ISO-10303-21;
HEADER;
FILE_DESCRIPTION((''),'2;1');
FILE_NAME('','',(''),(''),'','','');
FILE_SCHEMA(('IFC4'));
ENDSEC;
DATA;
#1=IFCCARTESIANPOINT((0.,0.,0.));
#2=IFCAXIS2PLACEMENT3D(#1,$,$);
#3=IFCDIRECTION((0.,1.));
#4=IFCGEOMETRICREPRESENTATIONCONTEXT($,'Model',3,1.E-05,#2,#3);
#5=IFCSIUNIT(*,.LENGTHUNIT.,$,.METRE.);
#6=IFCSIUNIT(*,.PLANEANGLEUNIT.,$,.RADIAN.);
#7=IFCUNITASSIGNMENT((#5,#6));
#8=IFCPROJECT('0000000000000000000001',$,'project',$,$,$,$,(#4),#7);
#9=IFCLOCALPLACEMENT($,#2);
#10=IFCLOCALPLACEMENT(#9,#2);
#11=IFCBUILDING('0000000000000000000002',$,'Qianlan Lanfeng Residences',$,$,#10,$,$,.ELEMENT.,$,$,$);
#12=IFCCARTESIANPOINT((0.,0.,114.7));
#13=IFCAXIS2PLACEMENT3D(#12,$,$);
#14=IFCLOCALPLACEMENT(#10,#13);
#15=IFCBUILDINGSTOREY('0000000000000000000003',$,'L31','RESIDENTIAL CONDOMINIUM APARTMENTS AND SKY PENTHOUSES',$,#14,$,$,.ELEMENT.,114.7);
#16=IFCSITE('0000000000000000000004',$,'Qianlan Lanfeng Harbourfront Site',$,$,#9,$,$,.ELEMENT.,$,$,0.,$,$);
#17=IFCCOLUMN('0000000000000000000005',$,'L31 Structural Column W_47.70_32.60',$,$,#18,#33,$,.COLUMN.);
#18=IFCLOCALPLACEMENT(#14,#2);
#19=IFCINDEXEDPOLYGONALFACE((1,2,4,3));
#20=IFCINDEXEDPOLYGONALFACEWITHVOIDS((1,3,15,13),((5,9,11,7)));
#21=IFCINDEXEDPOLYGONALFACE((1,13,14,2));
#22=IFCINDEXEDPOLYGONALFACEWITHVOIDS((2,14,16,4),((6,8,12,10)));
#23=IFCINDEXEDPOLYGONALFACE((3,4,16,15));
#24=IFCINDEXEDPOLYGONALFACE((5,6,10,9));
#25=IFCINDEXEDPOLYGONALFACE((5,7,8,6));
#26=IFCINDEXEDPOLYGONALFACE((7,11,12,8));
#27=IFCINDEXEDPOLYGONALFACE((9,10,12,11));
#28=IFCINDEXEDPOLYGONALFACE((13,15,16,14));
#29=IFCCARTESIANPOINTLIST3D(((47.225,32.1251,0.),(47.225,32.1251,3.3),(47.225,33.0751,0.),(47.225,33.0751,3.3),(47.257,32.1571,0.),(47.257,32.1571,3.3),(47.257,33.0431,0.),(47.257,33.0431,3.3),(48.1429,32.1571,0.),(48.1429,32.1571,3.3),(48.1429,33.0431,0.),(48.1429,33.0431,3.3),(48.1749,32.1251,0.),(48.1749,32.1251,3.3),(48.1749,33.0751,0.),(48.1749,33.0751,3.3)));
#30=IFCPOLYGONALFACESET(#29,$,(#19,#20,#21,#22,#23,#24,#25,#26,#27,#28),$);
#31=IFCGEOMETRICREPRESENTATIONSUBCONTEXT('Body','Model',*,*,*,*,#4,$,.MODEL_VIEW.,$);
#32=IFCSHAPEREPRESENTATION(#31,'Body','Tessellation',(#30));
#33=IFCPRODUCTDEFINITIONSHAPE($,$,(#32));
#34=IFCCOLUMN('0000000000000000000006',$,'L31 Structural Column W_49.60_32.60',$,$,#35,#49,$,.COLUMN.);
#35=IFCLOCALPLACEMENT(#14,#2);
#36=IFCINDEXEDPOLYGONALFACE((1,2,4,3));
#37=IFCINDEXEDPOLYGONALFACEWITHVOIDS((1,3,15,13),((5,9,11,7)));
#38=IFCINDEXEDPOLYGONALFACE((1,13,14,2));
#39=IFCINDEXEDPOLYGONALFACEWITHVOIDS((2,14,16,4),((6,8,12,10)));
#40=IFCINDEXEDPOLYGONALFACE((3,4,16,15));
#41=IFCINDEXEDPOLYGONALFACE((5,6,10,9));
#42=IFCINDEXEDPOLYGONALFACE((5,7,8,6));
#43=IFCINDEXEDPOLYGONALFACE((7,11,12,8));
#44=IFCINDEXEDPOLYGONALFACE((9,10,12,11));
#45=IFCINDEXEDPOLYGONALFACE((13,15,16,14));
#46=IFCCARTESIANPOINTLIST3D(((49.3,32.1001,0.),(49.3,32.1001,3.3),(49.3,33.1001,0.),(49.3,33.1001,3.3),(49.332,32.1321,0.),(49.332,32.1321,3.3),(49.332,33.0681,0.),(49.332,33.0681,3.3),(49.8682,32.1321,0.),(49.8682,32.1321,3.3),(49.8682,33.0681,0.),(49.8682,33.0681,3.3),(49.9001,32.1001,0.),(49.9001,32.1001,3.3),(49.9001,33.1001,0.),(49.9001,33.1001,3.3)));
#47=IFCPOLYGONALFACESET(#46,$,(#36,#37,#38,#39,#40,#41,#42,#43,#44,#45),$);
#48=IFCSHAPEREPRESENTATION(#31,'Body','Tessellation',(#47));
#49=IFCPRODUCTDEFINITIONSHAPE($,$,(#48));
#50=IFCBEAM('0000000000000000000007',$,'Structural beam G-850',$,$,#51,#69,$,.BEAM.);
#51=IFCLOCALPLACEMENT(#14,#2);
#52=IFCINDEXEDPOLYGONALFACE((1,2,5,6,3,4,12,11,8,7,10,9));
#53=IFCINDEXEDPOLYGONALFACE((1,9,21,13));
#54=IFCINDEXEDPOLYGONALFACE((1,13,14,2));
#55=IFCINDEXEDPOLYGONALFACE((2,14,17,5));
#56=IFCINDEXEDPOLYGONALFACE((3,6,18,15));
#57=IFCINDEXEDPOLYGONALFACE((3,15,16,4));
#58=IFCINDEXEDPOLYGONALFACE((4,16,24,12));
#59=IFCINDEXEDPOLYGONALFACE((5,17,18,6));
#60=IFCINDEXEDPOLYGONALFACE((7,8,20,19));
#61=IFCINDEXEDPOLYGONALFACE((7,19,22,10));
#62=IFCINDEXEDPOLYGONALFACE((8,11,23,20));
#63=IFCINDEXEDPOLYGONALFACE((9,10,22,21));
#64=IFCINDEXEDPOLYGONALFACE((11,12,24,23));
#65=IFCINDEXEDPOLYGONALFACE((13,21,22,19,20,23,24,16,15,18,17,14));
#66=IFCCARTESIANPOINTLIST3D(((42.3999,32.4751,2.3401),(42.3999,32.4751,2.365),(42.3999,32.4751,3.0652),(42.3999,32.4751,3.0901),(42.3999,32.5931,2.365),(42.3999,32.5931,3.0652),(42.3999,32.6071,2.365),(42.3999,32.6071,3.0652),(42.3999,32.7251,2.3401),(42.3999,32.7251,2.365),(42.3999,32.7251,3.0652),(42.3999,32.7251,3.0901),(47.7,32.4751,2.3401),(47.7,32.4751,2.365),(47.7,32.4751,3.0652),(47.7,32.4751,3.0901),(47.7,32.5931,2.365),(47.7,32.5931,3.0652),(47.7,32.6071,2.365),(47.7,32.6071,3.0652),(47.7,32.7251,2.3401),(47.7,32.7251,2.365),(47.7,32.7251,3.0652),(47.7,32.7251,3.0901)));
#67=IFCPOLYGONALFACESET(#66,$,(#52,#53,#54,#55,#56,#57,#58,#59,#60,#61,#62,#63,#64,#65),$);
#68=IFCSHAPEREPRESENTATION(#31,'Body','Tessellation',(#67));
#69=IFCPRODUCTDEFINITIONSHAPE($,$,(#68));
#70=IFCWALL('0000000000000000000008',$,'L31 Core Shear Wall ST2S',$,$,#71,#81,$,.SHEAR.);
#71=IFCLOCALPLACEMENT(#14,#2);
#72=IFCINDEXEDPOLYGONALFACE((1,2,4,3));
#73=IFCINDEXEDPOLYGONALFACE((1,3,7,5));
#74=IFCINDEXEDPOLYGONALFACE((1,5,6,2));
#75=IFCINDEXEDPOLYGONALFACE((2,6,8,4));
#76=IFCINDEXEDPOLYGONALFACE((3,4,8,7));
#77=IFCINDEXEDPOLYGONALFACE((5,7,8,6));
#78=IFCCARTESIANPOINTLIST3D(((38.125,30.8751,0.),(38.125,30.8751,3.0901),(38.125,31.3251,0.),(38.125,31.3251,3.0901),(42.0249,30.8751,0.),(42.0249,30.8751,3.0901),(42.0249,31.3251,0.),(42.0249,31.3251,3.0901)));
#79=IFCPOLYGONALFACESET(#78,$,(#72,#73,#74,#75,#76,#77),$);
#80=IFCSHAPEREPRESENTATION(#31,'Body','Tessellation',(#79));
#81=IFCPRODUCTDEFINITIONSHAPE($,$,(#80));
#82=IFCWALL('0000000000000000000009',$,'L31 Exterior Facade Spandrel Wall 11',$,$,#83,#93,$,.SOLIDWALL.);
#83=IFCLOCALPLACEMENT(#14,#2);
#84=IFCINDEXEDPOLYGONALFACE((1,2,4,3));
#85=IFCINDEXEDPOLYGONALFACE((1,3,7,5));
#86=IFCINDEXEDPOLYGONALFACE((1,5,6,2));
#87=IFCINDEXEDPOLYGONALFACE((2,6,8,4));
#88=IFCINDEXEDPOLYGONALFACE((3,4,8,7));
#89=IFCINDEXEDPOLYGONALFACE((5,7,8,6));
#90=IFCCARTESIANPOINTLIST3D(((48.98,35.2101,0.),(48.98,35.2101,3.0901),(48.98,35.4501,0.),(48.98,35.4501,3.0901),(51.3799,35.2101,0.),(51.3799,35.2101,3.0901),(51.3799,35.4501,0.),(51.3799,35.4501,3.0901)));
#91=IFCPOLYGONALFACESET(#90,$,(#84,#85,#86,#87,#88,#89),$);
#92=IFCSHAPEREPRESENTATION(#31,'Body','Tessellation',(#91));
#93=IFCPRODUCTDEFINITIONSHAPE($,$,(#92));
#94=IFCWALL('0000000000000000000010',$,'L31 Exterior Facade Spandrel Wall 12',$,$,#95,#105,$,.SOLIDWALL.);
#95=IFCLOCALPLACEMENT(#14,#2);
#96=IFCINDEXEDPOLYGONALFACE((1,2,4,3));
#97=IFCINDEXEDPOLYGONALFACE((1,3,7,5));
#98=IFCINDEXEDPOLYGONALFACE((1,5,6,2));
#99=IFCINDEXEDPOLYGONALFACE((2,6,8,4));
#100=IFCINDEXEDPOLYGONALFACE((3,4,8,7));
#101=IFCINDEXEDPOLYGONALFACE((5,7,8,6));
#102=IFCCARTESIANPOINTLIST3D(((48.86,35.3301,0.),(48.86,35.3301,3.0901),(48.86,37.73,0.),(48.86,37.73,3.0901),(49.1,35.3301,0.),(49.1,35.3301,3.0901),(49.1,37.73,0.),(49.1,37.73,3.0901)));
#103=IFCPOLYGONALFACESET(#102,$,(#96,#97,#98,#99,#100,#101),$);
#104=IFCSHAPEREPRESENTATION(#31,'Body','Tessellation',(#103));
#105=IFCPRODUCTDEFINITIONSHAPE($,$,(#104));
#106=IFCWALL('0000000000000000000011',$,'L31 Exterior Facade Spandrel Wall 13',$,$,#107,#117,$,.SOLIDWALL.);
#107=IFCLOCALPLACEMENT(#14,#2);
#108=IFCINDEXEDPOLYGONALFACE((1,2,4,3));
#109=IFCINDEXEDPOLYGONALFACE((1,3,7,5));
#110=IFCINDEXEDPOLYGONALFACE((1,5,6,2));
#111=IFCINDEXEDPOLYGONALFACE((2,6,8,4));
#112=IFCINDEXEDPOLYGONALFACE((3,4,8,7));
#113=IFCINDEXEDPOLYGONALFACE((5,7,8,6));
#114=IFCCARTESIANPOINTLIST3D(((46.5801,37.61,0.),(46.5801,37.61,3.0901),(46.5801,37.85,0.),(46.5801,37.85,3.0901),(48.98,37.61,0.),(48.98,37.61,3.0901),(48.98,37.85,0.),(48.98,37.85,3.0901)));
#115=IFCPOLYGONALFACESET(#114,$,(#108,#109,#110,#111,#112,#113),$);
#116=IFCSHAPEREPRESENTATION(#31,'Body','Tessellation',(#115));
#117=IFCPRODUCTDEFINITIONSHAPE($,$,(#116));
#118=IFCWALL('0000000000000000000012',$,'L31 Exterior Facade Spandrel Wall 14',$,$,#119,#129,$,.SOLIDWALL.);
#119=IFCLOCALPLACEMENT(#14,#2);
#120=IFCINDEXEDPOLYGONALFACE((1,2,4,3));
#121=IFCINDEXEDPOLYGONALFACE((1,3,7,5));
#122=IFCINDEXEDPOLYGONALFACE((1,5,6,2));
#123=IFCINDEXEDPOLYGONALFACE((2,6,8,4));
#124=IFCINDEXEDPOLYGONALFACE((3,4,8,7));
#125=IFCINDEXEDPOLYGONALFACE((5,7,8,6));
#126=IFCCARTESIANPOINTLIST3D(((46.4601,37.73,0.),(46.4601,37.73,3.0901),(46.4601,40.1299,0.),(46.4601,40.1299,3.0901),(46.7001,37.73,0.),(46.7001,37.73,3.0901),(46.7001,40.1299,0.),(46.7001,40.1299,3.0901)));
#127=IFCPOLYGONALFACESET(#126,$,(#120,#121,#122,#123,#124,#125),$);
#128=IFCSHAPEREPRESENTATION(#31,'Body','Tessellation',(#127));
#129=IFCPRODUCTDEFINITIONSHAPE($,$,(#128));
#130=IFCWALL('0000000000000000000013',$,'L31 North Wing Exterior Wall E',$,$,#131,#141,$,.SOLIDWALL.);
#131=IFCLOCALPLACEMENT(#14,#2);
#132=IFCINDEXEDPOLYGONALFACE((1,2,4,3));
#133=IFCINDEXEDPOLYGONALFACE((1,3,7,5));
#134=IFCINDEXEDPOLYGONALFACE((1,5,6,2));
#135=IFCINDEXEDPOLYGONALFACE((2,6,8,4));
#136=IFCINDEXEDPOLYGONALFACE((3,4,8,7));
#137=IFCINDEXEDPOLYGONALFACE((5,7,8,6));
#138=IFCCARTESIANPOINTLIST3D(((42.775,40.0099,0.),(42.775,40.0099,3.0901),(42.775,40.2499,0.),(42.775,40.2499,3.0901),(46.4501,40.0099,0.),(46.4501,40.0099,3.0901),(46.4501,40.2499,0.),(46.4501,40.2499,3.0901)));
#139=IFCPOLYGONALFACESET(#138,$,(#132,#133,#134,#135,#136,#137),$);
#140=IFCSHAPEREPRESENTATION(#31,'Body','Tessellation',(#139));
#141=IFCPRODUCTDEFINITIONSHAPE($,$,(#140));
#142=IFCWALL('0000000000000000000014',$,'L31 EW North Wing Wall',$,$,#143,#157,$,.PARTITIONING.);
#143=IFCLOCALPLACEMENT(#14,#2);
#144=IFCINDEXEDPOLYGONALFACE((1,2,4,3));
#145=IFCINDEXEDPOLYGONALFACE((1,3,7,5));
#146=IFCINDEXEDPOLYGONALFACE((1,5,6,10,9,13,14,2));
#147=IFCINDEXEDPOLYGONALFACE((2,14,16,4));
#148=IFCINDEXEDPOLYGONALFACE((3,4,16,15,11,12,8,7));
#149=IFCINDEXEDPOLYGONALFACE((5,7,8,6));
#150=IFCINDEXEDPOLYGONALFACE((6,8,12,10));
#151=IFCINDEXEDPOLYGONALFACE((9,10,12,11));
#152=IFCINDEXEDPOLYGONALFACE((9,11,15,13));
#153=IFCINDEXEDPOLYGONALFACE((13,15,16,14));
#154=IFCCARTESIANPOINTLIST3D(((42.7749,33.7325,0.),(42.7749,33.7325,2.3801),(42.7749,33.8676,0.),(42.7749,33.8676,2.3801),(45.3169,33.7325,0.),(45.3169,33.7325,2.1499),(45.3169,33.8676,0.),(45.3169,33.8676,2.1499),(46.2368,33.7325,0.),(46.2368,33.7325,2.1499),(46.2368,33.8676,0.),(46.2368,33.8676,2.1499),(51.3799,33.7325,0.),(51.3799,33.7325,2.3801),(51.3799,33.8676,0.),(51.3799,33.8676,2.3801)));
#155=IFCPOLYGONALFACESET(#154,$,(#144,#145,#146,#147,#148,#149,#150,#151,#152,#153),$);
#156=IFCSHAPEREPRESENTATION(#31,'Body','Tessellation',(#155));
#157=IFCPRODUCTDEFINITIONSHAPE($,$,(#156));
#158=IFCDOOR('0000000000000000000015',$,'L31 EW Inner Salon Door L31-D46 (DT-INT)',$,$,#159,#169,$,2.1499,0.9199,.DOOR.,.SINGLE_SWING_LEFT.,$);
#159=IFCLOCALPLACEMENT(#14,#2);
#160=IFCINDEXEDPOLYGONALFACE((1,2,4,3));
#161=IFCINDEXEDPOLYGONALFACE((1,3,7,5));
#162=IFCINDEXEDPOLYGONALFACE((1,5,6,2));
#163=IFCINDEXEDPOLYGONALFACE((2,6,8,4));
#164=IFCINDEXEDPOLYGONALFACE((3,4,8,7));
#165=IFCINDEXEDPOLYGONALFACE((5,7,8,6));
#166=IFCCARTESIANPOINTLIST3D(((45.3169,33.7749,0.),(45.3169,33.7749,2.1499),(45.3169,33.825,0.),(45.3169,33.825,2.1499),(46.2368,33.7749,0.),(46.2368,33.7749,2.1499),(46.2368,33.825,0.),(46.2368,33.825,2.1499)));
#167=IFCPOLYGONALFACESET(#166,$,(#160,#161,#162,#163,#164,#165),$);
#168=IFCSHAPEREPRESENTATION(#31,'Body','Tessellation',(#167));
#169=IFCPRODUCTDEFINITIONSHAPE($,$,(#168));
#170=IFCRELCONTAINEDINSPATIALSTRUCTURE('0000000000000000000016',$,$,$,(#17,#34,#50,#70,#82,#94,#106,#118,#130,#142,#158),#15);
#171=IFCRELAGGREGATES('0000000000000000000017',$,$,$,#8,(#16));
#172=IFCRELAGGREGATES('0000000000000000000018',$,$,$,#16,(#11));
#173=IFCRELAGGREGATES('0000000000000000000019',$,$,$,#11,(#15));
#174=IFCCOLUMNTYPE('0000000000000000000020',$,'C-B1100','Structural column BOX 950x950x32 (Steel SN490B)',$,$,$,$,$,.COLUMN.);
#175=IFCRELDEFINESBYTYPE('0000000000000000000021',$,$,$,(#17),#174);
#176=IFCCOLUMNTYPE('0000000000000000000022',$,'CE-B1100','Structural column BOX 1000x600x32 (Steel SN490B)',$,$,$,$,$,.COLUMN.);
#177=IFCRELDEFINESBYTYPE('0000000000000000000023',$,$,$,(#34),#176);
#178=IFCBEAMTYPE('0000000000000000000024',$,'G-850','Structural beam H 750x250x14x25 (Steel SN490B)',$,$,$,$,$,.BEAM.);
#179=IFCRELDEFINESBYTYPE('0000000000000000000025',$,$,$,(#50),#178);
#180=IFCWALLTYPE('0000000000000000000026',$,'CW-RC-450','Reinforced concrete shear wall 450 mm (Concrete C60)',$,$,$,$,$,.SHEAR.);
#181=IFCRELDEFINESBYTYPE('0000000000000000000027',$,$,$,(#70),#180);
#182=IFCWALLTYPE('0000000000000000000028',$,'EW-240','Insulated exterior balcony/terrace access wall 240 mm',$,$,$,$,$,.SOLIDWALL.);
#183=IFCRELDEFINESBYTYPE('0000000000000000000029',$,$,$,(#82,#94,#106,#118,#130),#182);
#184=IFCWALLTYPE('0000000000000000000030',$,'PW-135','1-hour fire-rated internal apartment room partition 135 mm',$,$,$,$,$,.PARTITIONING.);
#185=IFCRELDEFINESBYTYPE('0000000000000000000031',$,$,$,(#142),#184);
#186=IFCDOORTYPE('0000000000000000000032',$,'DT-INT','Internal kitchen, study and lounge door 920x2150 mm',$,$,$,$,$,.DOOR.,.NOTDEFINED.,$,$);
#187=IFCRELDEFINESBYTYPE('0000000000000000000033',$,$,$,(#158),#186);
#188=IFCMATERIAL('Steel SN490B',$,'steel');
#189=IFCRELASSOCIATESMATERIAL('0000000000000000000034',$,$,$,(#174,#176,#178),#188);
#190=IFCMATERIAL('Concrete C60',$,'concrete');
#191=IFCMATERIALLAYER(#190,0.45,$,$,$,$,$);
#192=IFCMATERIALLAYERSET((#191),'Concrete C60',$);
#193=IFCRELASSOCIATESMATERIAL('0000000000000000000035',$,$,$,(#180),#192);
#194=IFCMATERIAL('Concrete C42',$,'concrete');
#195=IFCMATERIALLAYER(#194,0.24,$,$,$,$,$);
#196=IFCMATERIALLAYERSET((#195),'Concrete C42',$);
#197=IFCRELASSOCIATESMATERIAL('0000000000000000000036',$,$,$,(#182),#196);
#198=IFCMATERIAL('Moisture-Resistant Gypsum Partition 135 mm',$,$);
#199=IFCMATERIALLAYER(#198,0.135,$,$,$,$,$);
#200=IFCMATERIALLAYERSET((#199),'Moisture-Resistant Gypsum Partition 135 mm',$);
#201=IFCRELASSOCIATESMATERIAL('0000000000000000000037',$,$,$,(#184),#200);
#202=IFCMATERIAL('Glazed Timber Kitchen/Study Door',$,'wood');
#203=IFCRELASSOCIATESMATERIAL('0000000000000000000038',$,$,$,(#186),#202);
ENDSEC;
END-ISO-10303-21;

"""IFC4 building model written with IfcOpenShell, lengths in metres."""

from ifc_helpers import new_model, si_unit, direction, frame, frame_2d, origin, origin_2d, place, context, subcontext, project, spatial, rectangle, hollow_rectangle, i_section, extrude, material, layer, layer_set, material_profile, profile_set, type_object, element, fill, save


model = new_model("IFC4")

# Units and contexts
model_context = context("Model", 3, precision=1e-05, world=origin(), true_north=direction((0.0, 1.0)))
body_context = subcontext(model_context, "Body", "Model", "MODEL_VIEW")
ifc_project = project(units=[si_unit("LENGTHUNIT", "METRE"), si_unit("PLANEANGLEUNIT", "RADIAN")], contexts=[model_context])

# Site, building, storey
site_placement = place(None, origin())
site = spatial("IfcSite", under=ifc_project, at=site_placement, Name="Qianlan Lanfeng Harbourfront Site", CompositionType="ELEMENT", RefElevation=0.0)
building_placement = place(site_placement, origin())
building = spatial("IfcBuilding", under=site, at=building_placement, Name="Qianlan Lanfeng Residences", CompositionType="ELEMENT")
storey_placement = place(building_placement, frame((0.0, 0.0, 114.7)))
storey = spatial("IfcBuildingStorey", under=building, at=storey_placement, Name="L31", Description="RESIDENTIAL CONDOMINIUM APARTMENTS AND SKY PENTHOUSES", CompositionType="ELEMENT", Elevation=114.7)

# Columns
ifc_material_1 = material(Name="Steel SN490B", Category="steel")
ifc_material_profile_1 = material_profile(ifc_material_1, hollow_rectangle(XDim=0.95, YDim=0.95, WallThickness=0.032, at=origin_2d()), Name="BOX 950x950x32")
ifc_profile_set_1 = profile_set([ifc_material_profile_1], Name="Steel SN490B")
column_type_1 = type_object("IfcColumnType", Name="C-B1100", Description="Structural column BOX 950x950x32 (Steel SN490B)", PredefinedType="COLUMN", material=ifc_profile_set_1)
column_1_placement = place(storey_placement, frame((47.7, 32.6001, 0.0), z_axis=(0.0, 0.0, 1.0), x_axis=(1.0, 0.0, 0.0)))
element("IfcColumn", 1, at=column_1_placement, inside=storey, type_object=column_type_1, Name="L31 Structural Column W_47.70_32.60", PredefinedType="COLUMN", context=body_context, shape_type="SweptSolid", body=[
    extrude(hollow_rectangle(XDim=0.95, YDim=0.95, WallThickness=0.032, at=origin_2d()), origin(), (0.0, 0.0, 1.0), 3.3),
])
ifc_material_profile_2 = material_profile(ifc_material_1, hollow_rectangle(XDim=0.6001, YDim=1.0, WallThickness=0.032, at=origin_2d()), Name="BOX 1000x600x32")
ifc_profile_set_2 = profile_set([ifc_material_profile_2], Name="Steel SN490B")
column_type_2 = type_object("IfcColumnType", Name="CE-B1100", Description="Structural column BOX 1000x600x32 (Steel SN490B)", PredefinedType="COLUMN", material=ifc_profile_set_2)
column_2_placement = place(storey_placement, frame((49.6001, 32.6001, 0.0), z_axis=(0.0, 0.0, 1.0), x_axis=(1.0, 0.0, 0.0)))
element("IfcColumn", 2, at=column_2_placement, inside=storey, type_object=column_type_2, Name="L31 Structural Column W_49.60_32.60", PredefinedType="COLUMN", context=body_context, shape_type="SweptSolid", body=[
    extrude(hollow_rectangle(XDim=0.6001, YDim=1.0, WallThickness=0.032, at=origin_2d()), origin(), (0.0, 0.0, 1.0), 3.3),
])

# Beam
ifc_material_profile_3 = material_profile(ifc_material_1, i_section(OverallWidth=0.25, OverallDepth=0.75, WebThickness=0.0139, FlangeThickness=0.0249, at=origin_2d()), Name="H 750x250x14x25")
ifc_profile_set_3 = profile_set([ifc_material_profile_3], Name="Steel SN490B")
beam_type = type_object("IfcBeamType", Name="G-850", Description="Structural beam H 750x250x14x25 (Steel SN490B)", PredefinedType="BEAM", material=ifc_profile_set_3)
beam_placement = place(storey_placement, frame((42.3999, 32.6001, 2.7151), z_axis=(1.0, 0.0, 0.0), x_axis=(0.0, 1.0, 0.0)))
element("IfcBeam", 3, at=beam_placement, inside=storey, type_object=beam_type, Name="Structural beam G-850", PredefinedType="BEAM", context=body_context, shape_type="SweptSolid", body=[
    extrude(i_section(OverallWidth=0.25, OverallDepth=0.75, WebThickness=0.0139, FlangeThickness=0.0249, at=origin_2d()), origin(), (0.0, 0.0, 1.0), 5.3),
])

# Walls
ifc_material_2 = material(Name="Concrete C60", Category="concrete")
ifc_layer_1 = layer(ifc_material_2, 0.45)
ifc_layer_set_1 = layer_set([ifc_layer_1], Name="Concrete C60")
wall_type_1 = type_object("IfcWallType", Name="CW-RC-450", Description="Reinforced concrete shear wall 450 mm (Concrete C60)", PredefinedType="SHEAR", material=ifc_layer_set_1)
wall_1_placement = place(storey_placement, frame((38.125, 31.1001, 0.0), z_axis=(0.0, 0.0, 1.0), x_axis=(1.0, 0.0, 0.0)))
element("IfcWall", 4, at=wall_1_placement, inside=storey, type_object=wall_type_1, Name="L31 Core Shear Wall ST2S", PredefinedType="SHEAR", context=body_context, shape_type="SweptSolid", body=[
    extrude(rectangle(XDim=3.8999, YDim=0.45, at=frame_2d((1.95, 0.0))), origin(), (0.0, 0.0, 1.0), 3.0901),
])
ifc_material_3 = material(Name="Concrete C42", Category="concrete")
ifc_layer_2 = layer(ifc_material_3, 0.24)
ifc_layer_set_2 = layer_set([ifc_layer_2], Name="Concrete C42")
wall_type_2 = type_object("IfcWallType", Name="EW-240", Description="Insulated exterior balcony/terrace access wall 240 mm", PredefinedType="SOLIDWALL", material=ifc_layer_set_2)
for number, where, z_axis, x_axis, name in (
    (5, (51.3799, 35.3301, 0.0), (0.0, 0.0, 1.0), (-1.0, 0.0, 0.0), "L31 Exterior Facade Spandrel Wall 11"),
    (6, (48.98, 35.3301, 0.0), (0.0, 0.0, 1.0), (0.0, 1.0, 0.0), "L31 Exterior Facade Spandrel Wall 12"),
    (7, (48.98, 37.73, 0.0), (0.0, 0.0, 1.0), (-1.0, 0.0, 0.0), "L31 Exterior Facade Spandrel Wall 13"),
    (8, (46.5801, 37.73, 0.0), (0.0, 0.0, 1.0), (0.0, 1.0, 0.0), "L31 Exterior Facade Spandrel Wall 14"),
):
    element("IfcWall", number, at=place(storey_placement, frame(where, z_axis=z_axis, x_axis=x_axis)), inside=storey, type_object=wall_type_2, Name=name, PredefinedType="SOLIDWALL", context=body_context, shape_type="SweptSolid", body=[
        extrude(rectangle(XDim=2.3999, YDim=0.24, at=frame_2d((1.2, 0.0))), origin(), (0.0, 0.0, 1.0), 3.0901),
    ])
wall_2_placement = place(storey_placement, frame((46.45, 40.1299, 0.0), z_axis=(0.0, 0.0, 1.0), x_axis=(-1.0, 0.0, 0.0)))
element("IfcWall", 9, at=wall_2_placement, inside=storey, type_object=wall_type_2, Name="L31 North Wing Exterior Wall E", PredefinedType="SOLIDWALL", context=body_context, shape_type="SweptSolid", body=[
    extrude(rectangle(XDim=3.675, YDim=0.24, at=frame_2d((1.8374, 0.0))), origin(), (0.0, 0.0, 1.0), 3.0901),
])

# Wall, opening, door
ifc_material_4 = material(Name="Moisture-Resistant Gypsum Partition 135 mm")
ifc_layer_3 = layer(ifc_material_4, 0.135)
ifc_layer_set_3 = layer_set([ifc_layer_3], Name="Moisture-Resistant Gypsum Partition 135 mm")
wall_type_3 = type_object("IfcWallType", Name="PW-135", Description="1-hour fire-rated internal apartment room partition 135 mm", PredefinedType="PARTITIONING", material=ifc_layer_set_3)
wall_3_placement = place(storey_placement, frame((42.7749, 33.8, 0.0), z_axis=(0.0, 0.0, 1.0), x_axis=(1.0, 0.0, 0.0)))
wall_3 = element("IfcWall", 10, at=wall_3_placement, inside=storey, type_object=wall_type_3, Name="L31 EW North Wing Wall", PredefinedType="PARTITIONING", context=body_context, shape_type="SweptSolid", body=[
    extrude(rectangle(XDim=8.605, YDim=0.135, at=frame_2d((4.3025, 0.0))), origin(), (0.0, 0.0, 1.0), 2.3801),
])
opening_placement = place(wall_3_placement, frame((2.542, 0.0, 0.0)))
opening = element("IfcOpeningElement", 11, at=opening_placement, cuts=wall_3, PredefinedType="OPENING", context=body_context, shape_type="SweptSolid", body=[
    extrude(rectangle(XDim=0.9199, YDim=2.1499, at=frame_2d((0.46, 1.075))), frame((0.0, 0.0776, 0.0), z_axis=(0.0, -1.0, 0.0), x_axis=(1.0, 0.0, 0.0)), (0.0, 0.0, 1.0), 0.155),
])
ifc_material_5 = material(Name="Glazed Timber Kitchen/Study Door", Category="wood")
door_type = type_object("IfcDoorType", Name="DT-INT", Description="Internal kitchen, study and lounge door 920x2150 mm", OperationType="NOTDEFINED", PredefinedType="DOOR", material=ifc_material_5)
door_placement = place(opening_placement, origin())
door = element("IfcDoor", 12, at=door_placement, inside=storey, type_object=door_type, Name="L31 EW Inner Salon Door L31-D46 (DT-INT)", OperationType="SINGLE_SWING_LEFT", OverallHeight=2.1499, OverallWidth=0.9199, PredefinedType="DOOR", context=body_context, shape_type="SweptSolid", body=[
    extrude(rectangle(XDim=0.9199, YDim=2.1499, at=frame_2d((0.46, 1.075))), frame((0.0, 0.0249, 0.0), z_axis=(0.0, -1.0, 0.0), x_axis=(1.0, 0.0, 0.0)), (0.0, 0.0, 1.0), 0.05),
])
fill(opening, door)

save(model, "model.ifc")
